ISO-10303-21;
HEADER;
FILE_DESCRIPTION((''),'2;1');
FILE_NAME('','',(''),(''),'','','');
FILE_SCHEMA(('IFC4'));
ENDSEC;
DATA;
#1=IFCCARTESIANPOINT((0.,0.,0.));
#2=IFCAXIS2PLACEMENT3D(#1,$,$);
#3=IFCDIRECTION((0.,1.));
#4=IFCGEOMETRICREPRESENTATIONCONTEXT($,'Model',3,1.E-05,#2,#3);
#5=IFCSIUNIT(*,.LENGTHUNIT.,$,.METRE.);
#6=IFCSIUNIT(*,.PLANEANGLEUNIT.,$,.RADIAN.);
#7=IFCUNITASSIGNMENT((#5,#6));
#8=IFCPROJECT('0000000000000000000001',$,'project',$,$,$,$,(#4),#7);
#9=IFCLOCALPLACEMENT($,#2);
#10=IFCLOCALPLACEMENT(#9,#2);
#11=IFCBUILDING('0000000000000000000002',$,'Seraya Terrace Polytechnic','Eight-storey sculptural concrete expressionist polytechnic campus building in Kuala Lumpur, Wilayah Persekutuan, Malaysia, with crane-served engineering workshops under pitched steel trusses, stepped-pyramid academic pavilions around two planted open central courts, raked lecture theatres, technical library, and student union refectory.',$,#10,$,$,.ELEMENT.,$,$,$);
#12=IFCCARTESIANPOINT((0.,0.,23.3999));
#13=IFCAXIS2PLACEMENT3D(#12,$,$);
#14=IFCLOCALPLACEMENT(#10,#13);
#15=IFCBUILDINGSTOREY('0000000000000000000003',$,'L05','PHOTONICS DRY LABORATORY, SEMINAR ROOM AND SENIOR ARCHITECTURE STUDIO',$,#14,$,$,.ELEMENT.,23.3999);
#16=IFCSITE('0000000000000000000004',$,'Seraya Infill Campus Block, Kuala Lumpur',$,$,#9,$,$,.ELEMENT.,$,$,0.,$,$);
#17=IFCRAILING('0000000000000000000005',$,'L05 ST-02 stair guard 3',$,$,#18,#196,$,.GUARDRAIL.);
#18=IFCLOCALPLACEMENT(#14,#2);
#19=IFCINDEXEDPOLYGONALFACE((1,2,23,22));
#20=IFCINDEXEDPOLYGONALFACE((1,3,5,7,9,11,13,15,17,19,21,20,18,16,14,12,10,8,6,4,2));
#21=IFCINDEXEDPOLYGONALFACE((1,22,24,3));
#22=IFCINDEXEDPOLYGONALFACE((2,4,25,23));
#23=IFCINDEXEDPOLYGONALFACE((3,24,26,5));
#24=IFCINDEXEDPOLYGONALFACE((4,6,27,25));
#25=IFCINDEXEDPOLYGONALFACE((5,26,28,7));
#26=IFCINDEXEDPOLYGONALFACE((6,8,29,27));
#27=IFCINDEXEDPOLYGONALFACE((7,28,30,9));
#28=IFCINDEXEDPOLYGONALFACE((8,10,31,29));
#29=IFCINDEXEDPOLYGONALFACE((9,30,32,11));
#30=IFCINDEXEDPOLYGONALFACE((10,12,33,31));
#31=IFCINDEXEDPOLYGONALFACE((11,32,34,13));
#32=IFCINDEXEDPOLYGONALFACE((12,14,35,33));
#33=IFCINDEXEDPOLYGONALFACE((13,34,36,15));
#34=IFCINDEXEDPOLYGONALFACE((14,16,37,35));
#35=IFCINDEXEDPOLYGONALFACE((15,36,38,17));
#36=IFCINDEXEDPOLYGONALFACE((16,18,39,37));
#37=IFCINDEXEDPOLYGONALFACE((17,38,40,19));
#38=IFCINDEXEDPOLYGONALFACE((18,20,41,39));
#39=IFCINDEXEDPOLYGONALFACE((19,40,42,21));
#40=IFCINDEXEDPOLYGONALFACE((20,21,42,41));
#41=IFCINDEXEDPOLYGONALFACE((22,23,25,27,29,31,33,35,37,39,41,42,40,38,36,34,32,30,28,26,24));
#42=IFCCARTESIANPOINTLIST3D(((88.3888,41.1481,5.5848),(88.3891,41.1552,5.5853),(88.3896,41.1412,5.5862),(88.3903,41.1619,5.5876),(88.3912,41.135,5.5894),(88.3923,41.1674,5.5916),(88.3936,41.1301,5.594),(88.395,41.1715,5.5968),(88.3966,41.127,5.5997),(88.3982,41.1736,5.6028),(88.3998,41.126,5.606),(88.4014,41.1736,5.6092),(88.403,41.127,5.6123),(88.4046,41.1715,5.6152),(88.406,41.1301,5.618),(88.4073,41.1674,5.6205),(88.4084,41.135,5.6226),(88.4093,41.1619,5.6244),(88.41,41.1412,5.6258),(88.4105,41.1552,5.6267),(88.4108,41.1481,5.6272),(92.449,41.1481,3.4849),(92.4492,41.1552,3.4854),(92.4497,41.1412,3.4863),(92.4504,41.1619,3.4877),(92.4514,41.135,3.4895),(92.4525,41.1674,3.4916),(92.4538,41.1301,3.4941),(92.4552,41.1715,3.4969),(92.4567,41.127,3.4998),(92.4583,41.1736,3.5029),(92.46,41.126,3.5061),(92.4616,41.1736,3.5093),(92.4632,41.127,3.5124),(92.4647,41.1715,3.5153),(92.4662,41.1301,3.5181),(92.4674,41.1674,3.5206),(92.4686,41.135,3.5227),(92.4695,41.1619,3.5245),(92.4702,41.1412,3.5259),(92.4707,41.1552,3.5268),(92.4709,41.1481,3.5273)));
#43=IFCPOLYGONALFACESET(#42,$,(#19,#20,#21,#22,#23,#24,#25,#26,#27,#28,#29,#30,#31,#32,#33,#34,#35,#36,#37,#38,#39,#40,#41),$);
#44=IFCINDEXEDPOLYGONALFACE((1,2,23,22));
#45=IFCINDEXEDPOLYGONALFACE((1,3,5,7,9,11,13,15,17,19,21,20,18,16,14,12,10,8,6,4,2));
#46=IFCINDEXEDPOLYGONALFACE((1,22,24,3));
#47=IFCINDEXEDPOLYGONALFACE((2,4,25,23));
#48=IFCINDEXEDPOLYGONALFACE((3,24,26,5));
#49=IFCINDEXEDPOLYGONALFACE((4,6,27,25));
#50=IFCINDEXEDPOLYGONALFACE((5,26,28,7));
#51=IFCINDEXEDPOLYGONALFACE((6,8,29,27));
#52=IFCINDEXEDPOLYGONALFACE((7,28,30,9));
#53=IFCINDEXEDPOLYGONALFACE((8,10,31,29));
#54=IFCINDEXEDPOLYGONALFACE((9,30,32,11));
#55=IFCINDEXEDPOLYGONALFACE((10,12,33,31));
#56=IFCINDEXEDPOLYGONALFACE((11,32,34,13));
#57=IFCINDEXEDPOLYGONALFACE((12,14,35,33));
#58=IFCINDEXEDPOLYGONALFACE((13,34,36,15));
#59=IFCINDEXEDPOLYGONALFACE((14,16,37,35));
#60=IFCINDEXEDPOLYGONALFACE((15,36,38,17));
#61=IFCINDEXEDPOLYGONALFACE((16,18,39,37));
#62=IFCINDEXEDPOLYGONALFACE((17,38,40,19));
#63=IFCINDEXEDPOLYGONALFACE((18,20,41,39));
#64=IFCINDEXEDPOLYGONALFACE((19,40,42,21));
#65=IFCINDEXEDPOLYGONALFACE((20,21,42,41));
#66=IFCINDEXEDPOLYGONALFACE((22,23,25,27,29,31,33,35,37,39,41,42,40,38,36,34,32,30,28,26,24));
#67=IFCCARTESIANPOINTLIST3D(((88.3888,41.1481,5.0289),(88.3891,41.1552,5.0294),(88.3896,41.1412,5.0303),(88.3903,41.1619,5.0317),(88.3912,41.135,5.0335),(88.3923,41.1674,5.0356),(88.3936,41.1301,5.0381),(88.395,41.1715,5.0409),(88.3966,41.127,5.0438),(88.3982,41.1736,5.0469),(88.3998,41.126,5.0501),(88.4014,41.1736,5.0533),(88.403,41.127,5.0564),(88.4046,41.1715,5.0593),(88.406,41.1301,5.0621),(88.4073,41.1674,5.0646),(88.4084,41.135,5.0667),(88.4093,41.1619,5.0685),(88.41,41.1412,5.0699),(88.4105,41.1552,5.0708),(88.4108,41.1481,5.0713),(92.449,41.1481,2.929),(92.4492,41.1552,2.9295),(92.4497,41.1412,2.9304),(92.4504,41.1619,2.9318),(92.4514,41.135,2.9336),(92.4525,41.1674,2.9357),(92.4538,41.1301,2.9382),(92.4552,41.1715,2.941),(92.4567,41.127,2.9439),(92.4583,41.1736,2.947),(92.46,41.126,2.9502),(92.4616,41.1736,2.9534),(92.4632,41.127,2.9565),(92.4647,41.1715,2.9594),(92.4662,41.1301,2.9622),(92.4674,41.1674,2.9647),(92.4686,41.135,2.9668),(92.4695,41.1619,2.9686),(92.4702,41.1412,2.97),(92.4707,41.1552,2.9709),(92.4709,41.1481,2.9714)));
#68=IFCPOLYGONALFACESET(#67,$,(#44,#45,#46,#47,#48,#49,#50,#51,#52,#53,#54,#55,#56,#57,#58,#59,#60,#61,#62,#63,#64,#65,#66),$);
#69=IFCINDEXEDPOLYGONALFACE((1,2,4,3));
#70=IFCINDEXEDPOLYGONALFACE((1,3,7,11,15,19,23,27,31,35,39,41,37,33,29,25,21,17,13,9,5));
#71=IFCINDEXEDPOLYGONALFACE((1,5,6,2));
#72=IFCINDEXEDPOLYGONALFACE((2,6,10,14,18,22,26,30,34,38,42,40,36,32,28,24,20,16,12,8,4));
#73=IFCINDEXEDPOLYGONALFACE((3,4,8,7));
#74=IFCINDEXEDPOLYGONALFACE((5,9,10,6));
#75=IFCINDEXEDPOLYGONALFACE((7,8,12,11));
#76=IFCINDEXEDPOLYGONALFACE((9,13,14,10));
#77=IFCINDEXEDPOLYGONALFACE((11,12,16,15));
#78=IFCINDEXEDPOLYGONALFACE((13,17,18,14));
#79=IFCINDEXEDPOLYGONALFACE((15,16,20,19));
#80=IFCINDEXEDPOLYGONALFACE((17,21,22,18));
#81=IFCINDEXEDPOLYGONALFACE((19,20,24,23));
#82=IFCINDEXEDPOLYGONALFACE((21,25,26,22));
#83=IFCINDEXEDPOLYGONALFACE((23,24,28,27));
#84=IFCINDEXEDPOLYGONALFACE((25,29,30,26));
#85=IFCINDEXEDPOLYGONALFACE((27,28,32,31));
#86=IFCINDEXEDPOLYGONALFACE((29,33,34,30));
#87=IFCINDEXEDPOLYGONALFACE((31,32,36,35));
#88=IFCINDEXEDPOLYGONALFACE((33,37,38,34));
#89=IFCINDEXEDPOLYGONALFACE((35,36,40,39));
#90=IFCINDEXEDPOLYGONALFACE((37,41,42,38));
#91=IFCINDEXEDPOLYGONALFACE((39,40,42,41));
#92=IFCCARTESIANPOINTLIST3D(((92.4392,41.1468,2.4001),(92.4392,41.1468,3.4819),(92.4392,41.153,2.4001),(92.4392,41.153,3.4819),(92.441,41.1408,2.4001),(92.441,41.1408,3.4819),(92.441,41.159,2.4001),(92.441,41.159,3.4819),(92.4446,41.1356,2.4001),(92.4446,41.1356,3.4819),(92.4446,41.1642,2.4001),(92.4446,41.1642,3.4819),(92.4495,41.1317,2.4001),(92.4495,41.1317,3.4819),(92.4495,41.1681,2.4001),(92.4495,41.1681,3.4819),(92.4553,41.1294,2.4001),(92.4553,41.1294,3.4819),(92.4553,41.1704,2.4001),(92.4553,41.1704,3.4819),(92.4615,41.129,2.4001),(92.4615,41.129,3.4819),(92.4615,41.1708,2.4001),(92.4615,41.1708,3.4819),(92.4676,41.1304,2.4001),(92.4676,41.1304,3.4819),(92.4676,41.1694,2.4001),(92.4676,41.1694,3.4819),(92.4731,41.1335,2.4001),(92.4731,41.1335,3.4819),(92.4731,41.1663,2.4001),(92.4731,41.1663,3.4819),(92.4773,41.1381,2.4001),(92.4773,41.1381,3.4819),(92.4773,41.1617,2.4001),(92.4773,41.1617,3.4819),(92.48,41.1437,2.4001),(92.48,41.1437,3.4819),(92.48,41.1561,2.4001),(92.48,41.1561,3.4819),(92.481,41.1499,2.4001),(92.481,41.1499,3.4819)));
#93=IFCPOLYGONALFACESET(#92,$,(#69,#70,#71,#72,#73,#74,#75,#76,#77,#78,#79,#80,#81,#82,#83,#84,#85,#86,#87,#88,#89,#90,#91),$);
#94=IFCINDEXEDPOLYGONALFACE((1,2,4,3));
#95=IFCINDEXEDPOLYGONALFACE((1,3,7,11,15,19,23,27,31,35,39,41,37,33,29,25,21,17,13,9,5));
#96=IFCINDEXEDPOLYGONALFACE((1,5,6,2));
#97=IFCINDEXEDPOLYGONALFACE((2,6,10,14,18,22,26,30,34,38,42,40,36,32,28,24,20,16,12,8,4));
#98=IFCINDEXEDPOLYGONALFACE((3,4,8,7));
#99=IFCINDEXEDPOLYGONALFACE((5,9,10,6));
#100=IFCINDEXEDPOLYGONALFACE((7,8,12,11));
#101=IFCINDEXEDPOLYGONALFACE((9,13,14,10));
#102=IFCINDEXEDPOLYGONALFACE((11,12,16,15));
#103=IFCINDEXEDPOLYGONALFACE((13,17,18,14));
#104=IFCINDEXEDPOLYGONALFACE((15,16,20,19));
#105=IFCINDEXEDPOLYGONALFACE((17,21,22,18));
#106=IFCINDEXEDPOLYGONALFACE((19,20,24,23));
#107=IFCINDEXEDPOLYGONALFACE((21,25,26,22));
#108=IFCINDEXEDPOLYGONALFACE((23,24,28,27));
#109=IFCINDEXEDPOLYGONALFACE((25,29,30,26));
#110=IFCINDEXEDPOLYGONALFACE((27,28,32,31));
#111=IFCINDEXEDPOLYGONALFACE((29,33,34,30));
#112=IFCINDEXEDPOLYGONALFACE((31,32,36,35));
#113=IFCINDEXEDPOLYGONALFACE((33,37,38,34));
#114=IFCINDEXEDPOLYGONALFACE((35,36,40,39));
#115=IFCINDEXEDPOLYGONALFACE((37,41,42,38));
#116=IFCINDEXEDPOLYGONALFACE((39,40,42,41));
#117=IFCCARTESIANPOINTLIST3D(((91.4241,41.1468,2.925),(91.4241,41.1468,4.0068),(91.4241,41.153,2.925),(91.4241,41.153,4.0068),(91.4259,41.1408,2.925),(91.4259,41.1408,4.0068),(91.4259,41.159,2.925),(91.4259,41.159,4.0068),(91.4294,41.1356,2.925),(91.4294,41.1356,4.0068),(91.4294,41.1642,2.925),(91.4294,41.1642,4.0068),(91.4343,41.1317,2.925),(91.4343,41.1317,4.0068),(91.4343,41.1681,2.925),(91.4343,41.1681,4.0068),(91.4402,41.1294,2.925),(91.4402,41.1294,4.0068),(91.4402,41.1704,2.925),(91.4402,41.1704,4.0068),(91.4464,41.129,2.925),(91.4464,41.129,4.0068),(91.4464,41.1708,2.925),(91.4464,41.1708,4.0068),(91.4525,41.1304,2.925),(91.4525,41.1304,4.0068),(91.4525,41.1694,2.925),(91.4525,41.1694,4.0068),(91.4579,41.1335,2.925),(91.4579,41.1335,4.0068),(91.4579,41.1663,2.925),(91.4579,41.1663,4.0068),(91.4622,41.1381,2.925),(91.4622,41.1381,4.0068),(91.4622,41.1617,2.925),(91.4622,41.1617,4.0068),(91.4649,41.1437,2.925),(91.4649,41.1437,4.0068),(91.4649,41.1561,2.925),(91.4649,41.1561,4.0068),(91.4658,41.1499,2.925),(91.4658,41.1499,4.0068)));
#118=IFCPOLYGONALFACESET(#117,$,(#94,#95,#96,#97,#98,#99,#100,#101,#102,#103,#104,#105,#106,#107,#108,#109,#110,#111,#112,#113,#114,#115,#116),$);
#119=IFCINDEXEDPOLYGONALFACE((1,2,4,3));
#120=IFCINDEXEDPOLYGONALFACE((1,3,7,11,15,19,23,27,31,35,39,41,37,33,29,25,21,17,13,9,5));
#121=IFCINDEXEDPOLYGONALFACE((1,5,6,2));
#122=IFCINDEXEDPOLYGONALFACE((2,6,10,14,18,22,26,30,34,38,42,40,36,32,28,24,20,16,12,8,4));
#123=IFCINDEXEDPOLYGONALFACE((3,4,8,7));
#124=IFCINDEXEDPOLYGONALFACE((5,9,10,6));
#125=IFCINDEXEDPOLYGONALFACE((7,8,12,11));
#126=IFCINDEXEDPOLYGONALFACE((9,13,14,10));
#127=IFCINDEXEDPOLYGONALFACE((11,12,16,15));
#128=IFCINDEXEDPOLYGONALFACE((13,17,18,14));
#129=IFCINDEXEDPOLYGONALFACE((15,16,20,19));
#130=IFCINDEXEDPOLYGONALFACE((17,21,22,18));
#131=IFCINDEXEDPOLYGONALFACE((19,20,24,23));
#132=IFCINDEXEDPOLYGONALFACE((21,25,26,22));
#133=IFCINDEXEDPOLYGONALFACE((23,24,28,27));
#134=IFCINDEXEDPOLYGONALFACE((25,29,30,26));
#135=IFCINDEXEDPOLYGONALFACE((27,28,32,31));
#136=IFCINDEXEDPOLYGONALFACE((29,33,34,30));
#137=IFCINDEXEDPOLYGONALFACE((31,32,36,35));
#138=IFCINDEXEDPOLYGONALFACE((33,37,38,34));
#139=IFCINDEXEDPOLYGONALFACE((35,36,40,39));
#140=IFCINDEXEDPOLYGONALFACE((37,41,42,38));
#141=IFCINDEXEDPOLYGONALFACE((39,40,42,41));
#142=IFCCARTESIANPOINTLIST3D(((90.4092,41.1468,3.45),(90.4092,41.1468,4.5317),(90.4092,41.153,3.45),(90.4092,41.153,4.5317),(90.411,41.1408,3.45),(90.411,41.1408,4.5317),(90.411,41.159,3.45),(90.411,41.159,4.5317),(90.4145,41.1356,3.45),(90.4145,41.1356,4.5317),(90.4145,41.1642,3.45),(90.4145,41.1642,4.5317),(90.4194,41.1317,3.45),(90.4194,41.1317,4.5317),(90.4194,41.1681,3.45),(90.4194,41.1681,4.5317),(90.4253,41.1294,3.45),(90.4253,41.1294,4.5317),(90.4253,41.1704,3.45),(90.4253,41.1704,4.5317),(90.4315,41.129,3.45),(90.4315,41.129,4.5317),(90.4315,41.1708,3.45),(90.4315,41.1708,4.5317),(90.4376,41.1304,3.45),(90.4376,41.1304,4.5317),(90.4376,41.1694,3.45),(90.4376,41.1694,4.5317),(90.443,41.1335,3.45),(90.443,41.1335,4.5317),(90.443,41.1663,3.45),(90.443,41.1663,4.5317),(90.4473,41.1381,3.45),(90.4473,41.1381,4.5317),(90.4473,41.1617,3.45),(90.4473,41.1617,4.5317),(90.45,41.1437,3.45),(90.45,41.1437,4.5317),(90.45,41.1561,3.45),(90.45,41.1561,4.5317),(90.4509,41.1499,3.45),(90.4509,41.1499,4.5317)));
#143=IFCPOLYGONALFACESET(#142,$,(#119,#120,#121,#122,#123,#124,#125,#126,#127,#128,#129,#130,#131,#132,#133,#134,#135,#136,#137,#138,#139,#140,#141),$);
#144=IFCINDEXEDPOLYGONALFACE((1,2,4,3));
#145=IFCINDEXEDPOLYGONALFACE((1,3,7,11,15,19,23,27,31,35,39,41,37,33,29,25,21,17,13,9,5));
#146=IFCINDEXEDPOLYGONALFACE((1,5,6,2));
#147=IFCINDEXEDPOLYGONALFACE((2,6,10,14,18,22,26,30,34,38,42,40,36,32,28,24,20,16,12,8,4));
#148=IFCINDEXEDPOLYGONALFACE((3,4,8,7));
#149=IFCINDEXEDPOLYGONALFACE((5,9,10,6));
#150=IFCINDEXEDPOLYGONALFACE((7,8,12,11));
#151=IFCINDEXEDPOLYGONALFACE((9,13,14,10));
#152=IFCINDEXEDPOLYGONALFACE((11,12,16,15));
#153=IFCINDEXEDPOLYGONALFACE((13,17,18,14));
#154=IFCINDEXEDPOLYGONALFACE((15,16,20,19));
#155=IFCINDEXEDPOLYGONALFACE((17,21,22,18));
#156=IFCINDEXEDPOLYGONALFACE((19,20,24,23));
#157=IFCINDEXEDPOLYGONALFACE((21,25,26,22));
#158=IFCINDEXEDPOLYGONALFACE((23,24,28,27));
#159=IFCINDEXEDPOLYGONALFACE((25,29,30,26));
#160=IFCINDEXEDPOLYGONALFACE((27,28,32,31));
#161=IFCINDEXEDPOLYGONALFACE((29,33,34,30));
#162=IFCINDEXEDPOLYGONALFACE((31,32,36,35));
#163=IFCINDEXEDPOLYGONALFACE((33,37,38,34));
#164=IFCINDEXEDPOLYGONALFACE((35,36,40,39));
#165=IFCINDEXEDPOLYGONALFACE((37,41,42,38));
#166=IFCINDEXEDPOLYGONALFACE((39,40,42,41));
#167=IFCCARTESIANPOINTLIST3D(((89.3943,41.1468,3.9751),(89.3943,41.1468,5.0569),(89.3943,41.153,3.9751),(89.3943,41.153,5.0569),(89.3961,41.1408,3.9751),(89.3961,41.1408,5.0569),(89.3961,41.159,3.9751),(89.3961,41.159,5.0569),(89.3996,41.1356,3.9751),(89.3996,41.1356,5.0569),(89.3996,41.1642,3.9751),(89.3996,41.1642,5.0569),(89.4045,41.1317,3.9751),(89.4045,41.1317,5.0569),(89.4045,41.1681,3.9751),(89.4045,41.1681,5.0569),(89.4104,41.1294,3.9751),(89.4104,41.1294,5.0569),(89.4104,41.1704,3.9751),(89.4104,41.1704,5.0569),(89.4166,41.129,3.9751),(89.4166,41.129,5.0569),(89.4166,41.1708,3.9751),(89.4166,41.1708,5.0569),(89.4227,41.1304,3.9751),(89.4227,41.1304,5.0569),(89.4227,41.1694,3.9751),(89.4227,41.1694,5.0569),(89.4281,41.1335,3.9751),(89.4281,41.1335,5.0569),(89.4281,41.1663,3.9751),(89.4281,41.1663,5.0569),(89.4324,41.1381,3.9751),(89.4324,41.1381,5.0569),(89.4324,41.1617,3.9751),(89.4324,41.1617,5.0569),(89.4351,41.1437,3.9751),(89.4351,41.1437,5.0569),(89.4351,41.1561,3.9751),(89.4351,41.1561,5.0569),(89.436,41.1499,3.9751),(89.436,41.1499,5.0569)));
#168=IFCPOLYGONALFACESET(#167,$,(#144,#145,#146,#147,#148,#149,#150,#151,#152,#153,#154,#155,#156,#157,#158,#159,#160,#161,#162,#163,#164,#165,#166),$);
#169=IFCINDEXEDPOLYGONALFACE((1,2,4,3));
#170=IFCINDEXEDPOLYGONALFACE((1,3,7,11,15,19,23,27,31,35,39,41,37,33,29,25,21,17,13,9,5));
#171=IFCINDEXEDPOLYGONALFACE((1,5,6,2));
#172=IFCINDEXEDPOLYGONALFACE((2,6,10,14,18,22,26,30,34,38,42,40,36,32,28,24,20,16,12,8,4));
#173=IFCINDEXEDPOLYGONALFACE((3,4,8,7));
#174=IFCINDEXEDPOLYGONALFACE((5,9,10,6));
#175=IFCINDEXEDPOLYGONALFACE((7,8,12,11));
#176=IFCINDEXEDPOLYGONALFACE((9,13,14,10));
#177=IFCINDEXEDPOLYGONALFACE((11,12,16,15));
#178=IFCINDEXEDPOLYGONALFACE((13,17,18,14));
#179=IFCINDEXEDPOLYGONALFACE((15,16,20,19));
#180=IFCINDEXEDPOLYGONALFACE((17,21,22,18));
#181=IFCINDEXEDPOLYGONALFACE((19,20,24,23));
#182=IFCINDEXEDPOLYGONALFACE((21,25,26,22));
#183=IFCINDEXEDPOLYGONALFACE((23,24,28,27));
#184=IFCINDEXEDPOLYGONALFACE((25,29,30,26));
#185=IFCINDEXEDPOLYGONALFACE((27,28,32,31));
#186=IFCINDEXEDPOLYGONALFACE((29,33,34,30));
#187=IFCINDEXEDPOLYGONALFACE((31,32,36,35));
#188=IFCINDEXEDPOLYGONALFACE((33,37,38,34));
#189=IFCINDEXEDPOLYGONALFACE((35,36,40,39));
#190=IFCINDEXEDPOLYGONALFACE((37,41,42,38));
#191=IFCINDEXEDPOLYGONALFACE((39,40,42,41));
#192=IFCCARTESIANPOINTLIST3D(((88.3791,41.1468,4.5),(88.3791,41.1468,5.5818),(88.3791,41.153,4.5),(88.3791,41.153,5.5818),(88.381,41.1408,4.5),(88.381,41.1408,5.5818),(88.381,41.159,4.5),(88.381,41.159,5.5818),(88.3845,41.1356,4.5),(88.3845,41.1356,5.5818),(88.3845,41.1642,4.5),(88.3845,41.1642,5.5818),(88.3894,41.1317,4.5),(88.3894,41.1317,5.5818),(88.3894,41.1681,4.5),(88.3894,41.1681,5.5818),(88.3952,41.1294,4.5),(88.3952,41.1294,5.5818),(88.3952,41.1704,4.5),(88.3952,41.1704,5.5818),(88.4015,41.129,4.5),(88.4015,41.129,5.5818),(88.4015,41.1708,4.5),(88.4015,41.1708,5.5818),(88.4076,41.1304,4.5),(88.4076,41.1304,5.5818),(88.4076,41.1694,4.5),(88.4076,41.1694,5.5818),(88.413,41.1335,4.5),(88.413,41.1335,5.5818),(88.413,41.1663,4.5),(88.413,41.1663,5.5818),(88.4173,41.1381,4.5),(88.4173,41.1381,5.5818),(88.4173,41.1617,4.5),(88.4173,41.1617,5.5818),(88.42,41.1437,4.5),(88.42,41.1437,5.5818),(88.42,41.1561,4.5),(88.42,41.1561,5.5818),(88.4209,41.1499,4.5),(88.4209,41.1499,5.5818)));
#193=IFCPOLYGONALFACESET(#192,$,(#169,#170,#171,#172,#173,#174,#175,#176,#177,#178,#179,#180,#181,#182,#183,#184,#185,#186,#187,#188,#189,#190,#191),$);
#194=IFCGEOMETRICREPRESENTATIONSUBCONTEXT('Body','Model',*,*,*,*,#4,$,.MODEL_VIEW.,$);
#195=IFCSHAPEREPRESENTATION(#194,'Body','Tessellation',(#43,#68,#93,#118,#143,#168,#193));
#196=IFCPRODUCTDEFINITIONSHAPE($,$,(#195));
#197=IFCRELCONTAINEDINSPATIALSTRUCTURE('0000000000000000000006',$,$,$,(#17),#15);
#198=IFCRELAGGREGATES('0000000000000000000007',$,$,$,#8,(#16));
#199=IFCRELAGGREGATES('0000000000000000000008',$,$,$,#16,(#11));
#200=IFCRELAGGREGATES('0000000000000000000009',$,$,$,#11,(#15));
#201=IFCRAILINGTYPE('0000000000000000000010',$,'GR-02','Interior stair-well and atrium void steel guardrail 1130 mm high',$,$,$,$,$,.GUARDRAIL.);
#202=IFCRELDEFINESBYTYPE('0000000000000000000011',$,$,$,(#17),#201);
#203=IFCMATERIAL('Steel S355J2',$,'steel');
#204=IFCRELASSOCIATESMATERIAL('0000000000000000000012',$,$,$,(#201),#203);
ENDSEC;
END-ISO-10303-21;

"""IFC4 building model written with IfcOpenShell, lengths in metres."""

from ifc_helpers import new_model, si_unit, direction, frame, origin, origin_2d, place, context, subcontext, project, spatial, circle, extrude, material, type_object, element, save


model = new_model("IFC4")

# Units and contexts
model_context = context("Model", 3, precision=1e-05, world=origin(), true_north=direction((0.0, 1.0)))
body_context = subcontext(model_context, "Body", "Model", "MODEL_VIEW")
ifc_project = project(units=[si_unit("LENGTHUNIT", "METRE"), si_unit("PLANEANGLEUNIT", "RADIAN")], contexts=[model_context])

# Site, building, storey
site_placement = place(None, origin())
site = spatial("IfcSite", under=ifc_project, at=site_placement, Name="Seraya Infill Campus Block, Kuala Lumpur", CompositionType="ELEMENT", RefElevation=0.0)
building_placement = place(site_placement, origin())
building = spatial("IfcBuilding", under=site, at=building_placement, Name="Seraya Terrace Polytechnic", Description="Eight-storey sculptural concrete expressionist polytechnic campus building in Kuala Lumpur, Wilayah Persekutuan, Malaysia, with crane-served engineering workshops under pitched steel trusses, stepped-pyramid academic pavilions around two planted open central courts, raked lecture theatres, technical library, and student union refectory.", CompositionType="ELEMENT")
storey_placement = place(building_placement, frame((0.0, 0.0, 23.3999)))
storey = spatial("IfcBuildingStorey", under=building, at=storey_placement, Name="L05", Description="PHOTONICS DRY LABORATORY, SEMINAR ROOM AND SENIOR ARCHITECTURE STUDIO", CompositionType="ELEMENT", Elevation=23.3999)

# Railing
ifc_material_1 = material(Name="Steel S355J2", Category="steel")
railing_type_1 = type_object("IfcRailingType", Name="GR-02", Description="Interior stair-well and atrium void steel guardrail 1130 mm high", PredefinedType="GUARDRAIL", material=ifc_material_1)
railing_1_placement = place(storey_placement, frame((92.46, 41.1499, 2.4001)))
element("IfcRailing", 1, at=railing_1_placement, inside=storey, type_object=railing_type_1, Name="L05 ST-02 stair guard 3", PredefinedType="GUARDRAIL", context=body_context, shape_type="SweptSolid", body=[
    extrude(circle(Radius=0.0239, at=origin_2d()), frame((0.0, 0.0, 1.106), z_axis=(-0.888233, 0.0, 0.459392), x_axis=(0.0, -1.0, 0.0)), (0.0, 0.0, 1.0), 4.571),
    extrude(circle(Radius=0.0239, at=origin_2d()), frame((0.0, 0.0, 0.55), z_axis=(-0.888233, 0.0, 0.459392), x_axis=(0.0, -1.0, 0.0)), (0.0, 0.0, 1.0), 4.571),
    extrude(circle(Radius=0.021, at=origin_2d()), origin(), (0.0, 0.0, 1.0), 1.0818),
    extrude(circle(Radius=0.021, at=origin_2d()), frame((-1.0151, 0.0, 0.5249)), (0.0, 0.0, 1.0), 1.0818),
    extrude(circle(Radius=0.021, at=origin_2d()), frame((-2.03, 0.0, 1.0498)), (0.0, 0.0, 1.0), 1.0818),
    extrude(circle(Radius=0.021, at=origin_2d()), frame((-3.0449, 0.0, 1.575)), (0.0, 0.0, 1.0), 1.0818),
    extrude(circle(Radius=0.021, at=origin_2d()), frame((-4.0601, 0.0, 2.0999)), (0.0, 0.0, 1.0), 1.0818),
])

save(model, "model.ifc")
